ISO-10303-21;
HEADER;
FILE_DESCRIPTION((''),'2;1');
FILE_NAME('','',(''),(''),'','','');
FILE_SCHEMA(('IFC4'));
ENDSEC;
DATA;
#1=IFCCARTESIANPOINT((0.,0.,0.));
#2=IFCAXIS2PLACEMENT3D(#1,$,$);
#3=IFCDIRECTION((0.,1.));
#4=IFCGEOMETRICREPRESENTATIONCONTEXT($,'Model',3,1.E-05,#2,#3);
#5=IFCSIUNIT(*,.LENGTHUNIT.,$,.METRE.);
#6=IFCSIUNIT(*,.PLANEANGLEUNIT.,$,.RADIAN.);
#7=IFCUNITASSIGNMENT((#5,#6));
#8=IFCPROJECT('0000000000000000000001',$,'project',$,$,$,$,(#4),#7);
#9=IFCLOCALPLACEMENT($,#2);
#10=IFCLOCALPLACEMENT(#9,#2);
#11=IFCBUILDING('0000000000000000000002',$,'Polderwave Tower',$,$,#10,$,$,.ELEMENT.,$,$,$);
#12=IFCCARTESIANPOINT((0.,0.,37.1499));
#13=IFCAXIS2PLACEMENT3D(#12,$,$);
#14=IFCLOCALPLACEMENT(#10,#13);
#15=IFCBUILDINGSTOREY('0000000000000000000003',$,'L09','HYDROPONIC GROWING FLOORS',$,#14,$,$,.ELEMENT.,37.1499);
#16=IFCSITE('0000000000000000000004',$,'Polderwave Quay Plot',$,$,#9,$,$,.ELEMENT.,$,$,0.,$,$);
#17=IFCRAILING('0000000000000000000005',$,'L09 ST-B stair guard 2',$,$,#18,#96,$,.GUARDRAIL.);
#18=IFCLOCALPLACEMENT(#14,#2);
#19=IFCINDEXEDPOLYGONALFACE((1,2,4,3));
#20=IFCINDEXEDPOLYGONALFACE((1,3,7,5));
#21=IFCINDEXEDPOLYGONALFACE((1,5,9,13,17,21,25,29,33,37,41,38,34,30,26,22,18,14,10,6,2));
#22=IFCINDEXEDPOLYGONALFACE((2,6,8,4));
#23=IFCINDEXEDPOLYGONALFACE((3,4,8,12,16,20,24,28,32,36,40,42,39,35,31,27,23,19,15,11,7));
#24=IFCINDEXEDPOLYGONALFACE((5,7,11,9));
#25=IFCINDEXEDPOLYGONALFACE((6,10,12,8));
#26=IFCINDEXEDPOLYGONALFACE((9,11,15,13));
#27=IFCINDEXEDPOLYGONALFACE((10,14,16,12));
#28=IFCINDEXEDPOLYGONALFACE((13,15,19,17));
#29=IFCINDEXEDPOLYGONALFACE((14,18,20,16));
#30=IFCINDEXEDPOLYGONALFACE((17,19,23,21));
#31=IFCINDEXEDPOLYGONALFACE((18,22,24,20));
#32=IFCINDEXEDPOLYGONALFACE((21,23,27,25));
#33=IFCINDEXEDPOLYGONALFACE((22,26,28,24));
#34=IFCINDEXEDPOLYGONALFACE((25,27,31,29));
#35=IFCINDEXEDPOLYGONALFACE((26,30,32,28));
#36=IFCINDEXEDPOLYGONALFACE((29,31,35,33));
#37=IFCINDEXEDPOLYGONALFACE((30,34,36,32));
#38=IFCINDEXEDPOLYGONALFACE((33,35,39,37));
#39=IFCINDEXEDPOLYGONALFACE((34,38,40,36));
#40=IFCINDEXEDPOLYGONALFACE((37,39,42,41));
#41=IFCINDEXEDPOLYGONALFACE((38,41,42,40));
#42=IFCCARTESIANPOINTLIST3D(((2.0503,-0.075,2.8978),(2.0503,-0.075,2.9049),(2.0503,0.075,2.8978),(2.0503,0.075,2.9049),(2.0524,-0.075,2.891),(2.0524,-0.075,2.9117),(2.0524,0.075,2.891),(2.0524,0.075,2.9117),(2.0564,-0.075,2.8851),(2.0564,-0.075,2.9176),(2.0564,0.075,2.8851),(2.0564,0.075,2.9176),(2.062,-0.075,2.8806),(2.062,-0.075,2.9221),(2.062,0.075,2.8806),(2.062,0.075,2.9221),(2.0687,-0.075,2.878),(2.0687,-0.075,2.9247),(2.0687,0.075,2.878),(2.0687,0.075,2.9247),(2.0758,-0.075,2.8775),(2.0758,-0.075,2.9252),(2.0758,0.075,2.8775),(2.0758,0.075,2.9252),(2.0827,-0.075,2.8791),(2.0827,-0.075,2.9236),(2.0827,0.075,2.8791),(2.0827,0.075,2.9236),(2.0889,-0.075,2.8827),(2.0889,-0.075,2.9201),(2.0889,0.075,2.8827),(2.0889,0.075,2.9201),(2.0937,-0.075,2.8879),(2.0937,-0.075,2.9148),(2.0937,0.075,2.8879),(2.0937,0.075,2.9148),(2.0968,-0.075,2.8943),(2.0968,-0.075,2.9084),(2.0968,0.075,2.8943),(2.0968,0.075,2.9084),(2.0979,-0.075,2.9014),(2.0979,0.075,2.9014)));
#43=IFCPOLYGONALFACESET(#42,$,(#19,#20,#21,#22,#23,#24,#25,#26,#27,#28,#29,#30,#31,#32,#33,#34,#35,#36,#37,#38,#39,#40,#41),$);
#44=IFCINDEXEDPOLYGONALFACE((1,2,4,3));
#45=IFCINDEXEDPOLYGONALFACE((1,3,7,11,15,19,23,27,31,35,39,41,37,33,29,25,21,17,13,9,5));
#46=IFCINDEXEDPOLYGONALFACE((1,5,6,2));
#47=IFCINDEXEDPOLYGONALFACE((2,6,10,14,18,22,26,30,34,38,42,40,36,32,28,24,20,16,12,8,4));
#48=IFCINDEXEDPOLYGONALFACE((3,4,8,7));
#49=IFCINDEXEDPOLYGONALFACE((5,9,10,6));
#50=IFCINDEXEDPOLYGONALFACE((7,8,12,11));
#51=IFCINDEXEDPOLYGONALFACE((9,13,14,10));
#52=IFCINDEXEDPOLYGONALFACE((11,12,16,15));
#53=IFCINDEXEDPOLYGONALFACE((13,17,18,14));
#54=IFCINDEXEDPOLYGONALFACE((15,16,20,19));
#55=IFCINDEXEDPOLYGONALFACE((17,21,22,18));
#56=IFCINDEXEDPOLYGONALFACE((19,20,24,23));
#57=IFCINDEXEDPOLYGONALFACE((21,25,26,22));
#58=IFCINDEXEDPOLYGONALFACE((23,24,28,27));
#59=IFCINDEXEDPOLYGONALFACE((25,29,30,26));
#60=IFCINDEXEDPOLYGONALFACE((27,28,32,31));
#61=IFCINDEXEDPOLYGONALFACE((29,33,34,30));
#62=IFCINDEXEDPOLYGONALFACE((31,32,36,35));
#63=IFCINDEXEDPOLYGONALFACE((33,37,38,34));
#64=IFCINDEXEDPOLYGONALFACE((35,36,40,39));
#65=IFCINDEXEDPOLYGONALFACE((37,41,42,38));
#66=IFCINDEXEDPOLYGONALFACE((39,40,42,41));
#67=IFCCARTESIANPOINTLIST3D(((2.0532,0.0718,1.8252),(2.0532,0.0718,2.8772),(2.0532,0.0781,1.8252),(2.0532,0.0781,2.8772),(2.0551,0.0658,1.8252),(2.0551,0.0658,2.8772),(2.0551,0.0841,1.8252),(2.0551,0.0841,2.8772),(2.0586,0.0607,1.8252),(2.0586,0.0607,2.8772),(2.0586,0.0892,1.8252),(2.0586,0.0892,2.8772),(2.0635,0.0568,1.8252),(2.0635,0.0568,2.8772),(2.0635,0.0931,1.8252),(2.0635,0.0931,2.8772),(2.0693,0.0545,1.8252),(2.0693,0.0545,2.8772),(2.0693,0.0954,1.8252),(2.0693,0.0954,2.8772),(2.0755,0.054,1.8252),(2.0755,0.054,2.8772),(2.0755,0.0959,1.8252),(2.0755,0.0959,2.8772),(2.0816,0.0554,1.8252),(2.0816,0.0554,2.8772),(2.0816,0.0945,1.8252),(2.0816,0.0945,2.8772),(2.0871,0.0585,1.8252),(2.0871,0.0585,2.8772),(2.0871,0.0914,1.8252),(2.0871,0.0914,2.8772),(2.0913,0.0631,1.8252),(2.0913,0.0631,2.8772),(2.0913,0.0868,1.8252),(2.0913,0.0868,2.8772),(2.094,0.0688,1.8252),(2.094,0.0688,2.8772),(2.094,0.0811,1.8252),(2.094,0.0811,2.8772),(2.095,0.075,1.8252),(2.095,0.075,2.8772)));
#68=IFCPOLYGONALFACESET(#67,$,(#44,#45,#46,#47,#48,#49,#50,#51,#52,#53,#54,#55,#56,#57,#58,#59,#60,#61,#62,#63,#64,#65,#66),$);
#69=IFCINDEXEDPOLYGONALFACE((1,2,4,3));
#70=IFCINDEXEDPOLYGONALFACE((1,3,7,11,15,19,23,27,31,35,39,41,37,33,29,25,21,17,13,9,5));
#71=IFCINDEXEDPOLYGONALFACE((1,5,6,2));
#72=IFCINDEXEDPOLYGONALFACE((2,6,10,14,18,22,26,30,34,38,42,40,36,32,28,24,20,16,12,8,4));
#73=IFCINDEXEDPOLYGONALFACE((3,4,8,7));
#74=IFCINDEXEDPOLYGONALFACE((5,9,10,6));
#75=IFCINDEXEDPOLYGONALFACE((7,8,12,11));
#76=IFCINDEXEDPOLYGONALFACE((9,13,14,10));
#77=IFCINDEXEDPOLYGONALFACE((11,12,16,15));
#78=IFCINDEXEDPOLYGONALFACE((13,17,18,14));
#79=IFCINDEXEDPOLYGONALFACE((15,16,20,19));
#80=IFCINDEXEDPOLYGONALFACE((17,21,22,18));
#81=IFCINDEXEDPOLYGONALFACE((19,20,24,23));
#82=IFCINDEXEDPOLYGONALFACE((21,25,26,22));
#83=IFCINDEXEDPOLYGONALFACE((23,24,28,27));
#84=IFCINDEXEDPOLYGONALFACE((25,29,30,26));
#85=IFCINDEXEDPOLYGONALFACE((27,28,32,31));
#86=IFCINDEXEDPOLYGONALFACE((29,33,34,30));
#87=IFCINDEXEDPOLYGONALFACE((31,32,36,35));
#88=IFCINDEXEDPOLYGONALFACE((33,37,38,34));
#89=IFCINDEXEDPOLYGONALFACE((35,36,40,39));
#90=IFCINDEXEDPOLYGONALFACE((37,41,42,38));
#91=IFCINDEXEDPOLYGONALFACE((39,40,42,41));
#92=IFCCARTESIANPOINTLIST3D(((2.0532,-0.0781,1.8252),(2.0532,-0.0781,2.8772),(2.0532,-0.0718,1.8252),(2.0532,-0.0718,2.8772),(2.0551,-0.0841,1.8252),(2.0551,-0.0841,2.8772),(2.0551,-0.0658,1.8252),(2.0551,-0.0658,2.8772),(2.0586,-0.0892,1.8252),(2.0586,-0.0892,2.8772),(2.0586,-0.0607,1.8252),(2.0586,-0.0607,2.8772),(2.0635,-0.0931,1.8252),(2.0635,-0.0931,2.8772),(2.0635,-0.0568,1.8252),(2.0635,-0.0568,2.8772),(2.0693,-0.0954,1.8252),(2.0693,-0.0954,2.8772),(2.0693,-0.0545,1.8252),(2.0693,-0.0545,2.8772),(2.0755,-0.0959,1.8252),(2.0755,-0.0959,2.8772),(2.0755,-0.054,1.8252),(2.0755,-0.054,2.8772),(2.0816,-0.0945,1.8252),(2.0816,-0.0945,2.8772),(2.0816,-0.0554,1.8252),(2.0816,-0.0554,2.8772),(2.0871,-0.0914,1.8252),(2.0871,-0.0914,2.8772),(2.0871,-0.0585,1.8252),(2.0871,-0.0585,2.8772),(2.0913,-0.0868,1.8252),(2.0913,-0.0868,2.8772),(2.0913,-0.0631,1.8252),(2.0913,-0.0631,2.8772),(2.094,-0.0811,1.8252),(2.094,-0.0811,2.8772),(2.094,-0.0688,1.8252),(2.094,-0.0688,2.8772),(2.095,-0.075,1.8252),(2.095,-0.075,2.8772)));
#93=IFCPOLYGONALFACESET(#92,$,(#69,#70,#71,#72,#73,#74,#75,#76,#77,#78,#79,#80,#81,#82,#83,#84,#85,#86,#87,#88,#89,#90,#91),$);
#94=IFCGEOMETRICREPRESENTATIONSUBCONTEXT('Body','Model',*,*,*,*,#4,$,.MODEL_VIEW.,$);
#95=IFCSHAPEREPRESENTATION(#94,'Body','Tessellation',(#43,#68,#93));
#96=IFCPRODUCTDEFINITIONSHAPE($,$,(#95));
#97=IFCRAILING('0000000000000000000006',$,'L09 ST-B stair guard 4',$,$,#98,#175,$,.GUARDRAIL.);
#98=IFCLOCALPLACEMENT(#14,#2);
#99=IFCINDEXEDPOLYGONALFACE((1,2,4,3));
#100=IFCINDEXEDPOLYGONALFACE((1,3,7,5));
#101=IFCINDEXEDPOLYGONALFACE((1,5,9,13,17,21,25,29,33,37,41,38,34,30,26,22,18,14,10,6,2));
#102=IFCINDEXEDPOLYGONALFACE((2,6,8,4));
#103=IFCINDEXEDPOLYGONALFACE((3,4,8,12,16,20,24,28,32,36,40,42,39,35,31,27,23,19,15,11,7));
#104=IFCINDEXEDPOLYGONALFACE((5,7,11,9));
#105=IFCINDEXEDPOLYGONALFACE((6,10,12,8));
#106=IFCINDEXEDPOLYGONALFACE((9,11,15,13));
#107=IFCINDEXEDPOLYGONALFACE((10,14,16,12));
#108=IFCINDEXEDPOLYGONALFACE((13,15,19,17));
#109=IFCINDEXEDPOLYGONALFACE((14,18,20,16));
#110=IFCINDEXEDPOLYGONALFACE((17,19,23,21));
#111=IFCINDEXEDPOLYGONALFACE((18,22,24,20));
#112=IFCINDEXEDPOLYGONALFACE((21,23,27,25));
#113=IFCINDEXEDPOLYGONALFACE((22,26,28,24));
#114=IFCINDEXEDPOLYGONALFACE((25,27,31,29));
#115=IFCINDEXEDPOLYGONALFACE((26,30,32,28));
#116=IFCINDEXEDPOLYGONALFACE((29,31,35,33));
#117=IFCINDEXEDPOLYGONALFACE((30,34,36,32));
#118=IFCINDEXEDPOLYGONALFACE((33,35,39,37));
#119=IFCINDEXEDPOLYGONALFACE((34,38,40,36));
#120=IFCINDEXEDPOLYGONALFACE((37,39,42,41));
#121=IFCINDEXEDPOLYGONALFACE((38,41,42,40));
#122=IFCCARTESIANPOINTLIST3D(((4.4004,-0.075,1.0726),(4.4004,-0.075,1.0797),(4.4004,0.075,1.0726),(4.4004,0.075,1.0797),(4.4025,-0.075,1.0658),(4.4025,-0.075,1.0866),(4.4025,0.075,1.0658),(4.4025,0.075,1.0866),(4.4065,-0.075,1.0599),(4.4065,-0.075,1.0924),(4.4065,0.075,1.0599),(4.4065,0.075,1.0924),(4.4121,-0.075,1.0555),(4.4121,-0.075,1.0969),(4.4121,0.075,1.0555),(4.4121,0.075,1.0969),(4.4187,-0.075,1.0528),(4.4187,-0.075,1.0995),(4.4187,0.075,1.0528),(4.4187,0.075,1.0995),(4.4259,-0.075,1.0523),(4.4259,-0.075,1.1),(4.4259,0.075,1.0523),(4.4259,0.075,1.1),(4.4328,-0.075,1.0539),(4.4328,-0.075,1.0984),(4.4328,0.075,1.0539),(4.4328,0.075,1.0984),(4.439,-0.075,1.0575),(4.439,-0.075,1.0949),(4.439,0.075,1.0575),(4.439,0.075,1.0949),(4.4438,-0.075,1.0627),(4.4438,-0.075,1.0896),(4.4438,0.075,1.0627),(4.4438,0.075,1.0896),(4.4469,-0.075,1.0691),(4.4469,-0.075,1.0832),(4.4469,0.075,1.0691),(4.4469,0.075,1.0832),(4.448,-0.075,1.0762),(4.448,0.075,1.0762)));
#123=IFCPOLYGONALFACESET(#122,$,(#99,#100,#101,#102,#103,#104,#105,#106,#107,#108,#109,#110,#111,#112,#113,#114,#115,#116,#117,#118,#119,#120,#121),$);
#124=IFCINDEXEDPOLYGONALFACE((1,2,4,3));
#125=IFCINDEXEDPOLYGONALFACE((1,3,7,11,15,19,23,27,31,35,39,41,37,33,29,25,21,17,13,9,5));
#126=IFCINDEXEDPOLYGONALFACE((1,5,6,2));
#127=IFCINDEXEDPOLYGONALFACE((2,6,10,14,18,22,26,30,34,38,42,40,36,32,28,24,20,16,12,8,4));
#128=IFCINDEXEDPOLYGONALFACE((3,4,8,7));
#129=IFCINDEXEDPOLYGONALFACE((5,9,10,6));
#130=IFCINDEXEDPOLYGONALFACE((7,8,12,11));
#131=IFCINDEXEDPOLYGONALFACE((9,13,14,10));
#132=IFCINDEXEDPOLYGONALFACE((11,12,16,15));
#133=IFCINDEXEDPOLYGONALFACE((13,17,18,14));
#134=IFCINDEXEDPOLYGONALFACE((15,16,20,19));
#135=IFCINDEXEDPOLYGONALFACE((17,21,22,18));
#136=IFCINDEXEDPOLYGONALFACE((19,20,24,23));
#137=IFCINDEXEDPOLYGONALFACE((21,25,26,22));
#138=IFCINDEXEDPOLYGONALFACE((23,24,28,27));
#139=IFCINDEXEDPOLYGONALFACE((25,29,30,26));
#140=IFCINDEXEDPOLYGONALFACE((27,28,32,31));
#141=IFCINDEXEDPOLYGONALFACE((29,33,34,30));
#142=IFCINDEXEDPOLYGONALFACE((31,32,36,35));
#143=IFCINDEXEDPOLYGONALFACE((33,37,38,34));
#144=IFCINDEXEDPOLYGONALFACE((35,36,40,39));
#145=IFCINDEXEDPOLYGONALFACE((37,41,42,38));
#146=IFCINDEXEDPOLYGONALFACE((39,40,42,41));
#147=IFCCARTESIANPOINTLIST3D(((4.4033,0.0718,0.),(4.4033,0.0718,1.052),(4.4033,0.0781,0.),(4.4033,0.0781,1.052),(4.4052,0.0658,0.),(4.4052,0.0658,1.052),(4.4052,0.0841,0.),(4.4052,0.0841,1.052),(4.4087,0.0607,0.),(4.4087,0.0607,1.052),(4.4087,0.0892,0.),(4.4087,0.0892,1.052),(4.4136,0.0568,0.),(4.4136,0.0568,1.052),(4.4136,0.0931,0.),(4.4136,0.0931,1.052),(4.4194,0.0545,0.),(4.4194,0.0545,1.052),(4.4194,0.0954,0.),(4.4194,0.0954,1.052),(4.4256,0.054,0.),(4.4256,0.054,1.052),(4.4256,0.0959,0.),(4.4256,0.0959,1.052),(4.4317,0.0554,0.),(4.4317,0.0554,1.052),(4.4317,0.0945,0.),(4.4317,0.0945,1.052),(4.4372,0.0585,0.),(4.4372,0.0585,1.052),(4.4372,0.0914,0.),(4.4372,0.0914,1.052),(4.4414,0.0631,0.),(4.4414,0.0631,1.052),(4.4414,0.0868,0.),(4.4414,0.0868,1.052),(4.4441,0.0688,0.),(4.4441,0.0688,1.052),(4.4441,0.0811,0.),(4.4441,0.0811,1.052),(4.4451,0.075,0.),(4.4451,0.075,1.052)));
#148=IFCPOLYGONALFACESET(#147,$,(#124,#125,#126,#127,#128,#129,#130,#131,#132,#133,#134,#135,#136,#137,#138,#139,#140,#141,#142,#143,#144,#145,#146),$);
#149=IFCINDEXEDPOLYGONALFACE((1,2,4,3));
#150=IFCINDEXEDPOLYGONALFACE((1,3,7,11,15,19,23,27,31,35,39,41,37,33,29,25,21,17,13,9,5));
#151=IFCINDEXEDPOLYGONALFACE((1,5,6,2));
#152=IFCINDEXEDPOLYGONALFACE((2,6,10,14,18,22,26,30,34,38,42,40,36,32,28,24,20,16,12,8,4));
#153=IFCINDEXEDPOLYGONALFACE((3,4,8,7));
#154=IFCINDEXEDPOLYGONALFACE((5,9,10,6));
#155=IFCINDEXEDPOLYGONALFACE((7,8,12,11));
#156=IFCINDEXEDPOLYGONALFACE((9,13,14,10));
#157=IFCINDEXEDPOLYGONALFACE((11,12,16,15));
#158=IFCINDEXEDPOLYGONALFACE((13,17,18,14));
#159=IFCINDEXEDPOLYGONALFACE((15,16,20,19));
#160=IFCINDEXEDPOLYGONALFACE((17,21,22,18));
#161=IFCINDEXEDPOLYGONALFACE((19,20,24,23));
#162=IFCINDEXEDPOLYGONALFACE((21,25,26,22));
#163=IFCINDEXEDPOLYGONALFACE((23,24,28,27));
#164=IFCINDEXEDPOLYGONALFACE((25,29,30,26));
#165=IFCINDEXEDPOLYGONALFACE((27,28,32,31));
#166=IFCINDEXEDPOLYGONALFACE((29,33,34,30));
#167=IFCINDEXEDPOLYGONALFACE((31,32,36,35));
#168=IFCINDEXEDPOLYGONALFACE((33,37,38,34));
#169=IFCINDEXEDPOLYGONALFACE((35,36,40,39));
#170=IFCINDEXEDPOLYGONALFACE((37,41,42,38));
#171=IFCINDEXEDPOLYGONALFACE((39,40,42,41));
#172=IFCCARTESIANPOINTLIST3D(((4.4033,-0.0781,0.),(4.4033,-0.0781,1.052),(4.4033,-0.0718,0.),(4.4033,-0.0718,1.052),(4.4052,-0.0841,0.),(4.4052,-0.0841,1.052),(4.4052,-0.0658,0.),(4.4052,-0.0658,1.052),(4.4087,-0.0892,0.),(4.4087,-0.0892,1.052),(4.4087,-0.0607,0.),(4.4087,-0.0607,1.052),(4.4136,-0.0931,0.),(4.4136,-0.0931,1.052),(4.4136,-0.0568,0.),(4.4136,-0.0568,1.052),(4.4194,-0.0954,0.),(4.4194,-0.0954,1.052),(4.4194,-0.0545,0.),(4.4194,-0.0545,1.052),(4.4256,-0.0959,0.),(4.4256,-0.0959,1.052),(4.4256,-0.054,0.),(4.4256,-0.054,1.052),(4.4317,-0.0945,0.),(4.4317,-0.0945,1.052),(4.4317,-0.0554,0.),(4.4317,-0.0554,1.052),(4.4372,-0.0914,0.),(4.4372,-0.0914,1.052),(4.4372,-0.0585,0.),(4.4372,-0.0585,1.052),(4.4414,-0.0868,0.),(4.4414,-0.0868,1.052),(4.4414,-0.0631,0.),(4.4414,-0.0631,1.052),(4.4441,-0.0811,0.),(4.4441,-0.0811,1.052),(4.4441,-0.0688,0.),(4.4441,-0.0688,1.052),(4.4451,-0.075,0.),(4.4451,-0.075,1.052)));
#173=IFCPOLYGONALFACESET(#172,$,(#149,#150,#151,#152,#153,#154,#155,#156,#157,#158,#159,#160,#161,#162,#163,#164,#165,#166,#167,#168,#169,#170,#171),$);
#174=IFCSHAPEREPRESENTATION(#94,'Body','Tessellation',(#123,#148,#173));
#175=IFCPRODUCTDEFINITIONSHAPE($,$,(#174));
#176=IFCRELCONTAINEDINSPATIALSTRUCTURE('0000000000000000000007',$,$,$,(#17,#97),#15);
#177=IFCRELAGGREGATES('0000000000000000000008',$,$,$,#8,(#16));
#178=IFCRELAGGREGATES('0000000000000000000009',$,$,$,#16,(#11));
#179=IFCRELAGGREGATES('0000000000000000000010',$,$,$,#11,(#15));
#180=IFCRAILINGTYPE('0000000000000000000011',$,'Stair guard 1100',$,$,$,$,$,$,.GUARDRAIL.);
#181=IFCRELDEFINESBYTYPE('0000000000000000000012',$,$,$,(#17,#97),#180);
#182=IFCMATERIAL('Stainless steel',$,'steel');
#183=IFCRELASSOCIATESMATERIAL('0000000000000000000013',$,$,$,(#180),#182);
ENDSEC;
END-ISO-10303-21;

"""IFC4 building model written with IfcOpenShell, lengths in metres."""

from ifc_helpers import new_model, si_unit, direction, frame, origin, origin_2d, place, context, subcontext, project, spatial, circle, extrude, material, type_object, element, save


model = new_model("IFC4")

# Units and contexts
model_context = context("Model", 3, precision=1e-05, world=origin(), true_north=direction((0.0, 1.0)))
body_context = subcontext(model_context, "Body", "Model", "MODEL_VIEW")
ifc_project = project(units=[si_unit("LENGTHUNIT", "METRE"), si_unit("PLANEANGLEUNIT", "RADIAN")], contexts=[model_context])

# Site, building, storey
site_placement = place(None, origin())
site = spatial("IfcSite", under=ifc_project, at=site_placement, Name="Polderwave Quay Plot", CompositionType="ELEMENT", RefElevation=0.0)
building_placement = place(site_placement, origin())
building = spatial("IfcBuilding", under=site, at=building_placement, Name="Polderwave Tower", CompositionType="ELEMENT")
storey_placement = place(building_placement, frame((0.0, 0.0, 37.1499)))
storey = spatial("IfcBuildingStorey", under=building, at=storey_placement, Name="L09", Description="HYDROPONIC GROWING FLOORS", CompositionType="ELEMENT", Elevation=37.1499)

# Railings
ifc_material_1 = material(Name="Stainless steel", Category="steel")
railing_type_1 = type_object("IfcRailingType", Name="Stair guard 1100", PredefinedType="GUARDRAIL", material=ifc_material_1)
for number, where, name in (
    (1, (2.074, 0.075, 1.8252), "L09 ST-B stair guard 2"),
    (2, (4.4241, 0.075, 0.0), "L09 ST-B stair guard 4"),
):
    element("IfcRailing", number, at=place(storey_placement, frame(where)), inside=storey, type_object=railing_type_1, Name=name, PredefinedType="GUARDRAIL", context=body_context, shape_type="SweptSolid", body=[
        extrude(circle(Radius=0.0239, at=origin_2d()), frame((0.0, 0.0, 1.0762), z_axis=(0.0, -1.0, 0.0), x_axis=(1.0, 0.0, 0.0)), (0.0, 0.0, 1.0), 0.1499),
        extrude(circle(Radius=0.021, at=origin_2d()), origin(), (0.0, 0.0, 1.0), 1.052),
        extrude(circle(Radius=0.021, at=origin_2d()), frame((0.0, -0.1499, 0.0)), (0.0, 0.0, 1.0), 1.052),
    ])

save(model, "model.ifc")
